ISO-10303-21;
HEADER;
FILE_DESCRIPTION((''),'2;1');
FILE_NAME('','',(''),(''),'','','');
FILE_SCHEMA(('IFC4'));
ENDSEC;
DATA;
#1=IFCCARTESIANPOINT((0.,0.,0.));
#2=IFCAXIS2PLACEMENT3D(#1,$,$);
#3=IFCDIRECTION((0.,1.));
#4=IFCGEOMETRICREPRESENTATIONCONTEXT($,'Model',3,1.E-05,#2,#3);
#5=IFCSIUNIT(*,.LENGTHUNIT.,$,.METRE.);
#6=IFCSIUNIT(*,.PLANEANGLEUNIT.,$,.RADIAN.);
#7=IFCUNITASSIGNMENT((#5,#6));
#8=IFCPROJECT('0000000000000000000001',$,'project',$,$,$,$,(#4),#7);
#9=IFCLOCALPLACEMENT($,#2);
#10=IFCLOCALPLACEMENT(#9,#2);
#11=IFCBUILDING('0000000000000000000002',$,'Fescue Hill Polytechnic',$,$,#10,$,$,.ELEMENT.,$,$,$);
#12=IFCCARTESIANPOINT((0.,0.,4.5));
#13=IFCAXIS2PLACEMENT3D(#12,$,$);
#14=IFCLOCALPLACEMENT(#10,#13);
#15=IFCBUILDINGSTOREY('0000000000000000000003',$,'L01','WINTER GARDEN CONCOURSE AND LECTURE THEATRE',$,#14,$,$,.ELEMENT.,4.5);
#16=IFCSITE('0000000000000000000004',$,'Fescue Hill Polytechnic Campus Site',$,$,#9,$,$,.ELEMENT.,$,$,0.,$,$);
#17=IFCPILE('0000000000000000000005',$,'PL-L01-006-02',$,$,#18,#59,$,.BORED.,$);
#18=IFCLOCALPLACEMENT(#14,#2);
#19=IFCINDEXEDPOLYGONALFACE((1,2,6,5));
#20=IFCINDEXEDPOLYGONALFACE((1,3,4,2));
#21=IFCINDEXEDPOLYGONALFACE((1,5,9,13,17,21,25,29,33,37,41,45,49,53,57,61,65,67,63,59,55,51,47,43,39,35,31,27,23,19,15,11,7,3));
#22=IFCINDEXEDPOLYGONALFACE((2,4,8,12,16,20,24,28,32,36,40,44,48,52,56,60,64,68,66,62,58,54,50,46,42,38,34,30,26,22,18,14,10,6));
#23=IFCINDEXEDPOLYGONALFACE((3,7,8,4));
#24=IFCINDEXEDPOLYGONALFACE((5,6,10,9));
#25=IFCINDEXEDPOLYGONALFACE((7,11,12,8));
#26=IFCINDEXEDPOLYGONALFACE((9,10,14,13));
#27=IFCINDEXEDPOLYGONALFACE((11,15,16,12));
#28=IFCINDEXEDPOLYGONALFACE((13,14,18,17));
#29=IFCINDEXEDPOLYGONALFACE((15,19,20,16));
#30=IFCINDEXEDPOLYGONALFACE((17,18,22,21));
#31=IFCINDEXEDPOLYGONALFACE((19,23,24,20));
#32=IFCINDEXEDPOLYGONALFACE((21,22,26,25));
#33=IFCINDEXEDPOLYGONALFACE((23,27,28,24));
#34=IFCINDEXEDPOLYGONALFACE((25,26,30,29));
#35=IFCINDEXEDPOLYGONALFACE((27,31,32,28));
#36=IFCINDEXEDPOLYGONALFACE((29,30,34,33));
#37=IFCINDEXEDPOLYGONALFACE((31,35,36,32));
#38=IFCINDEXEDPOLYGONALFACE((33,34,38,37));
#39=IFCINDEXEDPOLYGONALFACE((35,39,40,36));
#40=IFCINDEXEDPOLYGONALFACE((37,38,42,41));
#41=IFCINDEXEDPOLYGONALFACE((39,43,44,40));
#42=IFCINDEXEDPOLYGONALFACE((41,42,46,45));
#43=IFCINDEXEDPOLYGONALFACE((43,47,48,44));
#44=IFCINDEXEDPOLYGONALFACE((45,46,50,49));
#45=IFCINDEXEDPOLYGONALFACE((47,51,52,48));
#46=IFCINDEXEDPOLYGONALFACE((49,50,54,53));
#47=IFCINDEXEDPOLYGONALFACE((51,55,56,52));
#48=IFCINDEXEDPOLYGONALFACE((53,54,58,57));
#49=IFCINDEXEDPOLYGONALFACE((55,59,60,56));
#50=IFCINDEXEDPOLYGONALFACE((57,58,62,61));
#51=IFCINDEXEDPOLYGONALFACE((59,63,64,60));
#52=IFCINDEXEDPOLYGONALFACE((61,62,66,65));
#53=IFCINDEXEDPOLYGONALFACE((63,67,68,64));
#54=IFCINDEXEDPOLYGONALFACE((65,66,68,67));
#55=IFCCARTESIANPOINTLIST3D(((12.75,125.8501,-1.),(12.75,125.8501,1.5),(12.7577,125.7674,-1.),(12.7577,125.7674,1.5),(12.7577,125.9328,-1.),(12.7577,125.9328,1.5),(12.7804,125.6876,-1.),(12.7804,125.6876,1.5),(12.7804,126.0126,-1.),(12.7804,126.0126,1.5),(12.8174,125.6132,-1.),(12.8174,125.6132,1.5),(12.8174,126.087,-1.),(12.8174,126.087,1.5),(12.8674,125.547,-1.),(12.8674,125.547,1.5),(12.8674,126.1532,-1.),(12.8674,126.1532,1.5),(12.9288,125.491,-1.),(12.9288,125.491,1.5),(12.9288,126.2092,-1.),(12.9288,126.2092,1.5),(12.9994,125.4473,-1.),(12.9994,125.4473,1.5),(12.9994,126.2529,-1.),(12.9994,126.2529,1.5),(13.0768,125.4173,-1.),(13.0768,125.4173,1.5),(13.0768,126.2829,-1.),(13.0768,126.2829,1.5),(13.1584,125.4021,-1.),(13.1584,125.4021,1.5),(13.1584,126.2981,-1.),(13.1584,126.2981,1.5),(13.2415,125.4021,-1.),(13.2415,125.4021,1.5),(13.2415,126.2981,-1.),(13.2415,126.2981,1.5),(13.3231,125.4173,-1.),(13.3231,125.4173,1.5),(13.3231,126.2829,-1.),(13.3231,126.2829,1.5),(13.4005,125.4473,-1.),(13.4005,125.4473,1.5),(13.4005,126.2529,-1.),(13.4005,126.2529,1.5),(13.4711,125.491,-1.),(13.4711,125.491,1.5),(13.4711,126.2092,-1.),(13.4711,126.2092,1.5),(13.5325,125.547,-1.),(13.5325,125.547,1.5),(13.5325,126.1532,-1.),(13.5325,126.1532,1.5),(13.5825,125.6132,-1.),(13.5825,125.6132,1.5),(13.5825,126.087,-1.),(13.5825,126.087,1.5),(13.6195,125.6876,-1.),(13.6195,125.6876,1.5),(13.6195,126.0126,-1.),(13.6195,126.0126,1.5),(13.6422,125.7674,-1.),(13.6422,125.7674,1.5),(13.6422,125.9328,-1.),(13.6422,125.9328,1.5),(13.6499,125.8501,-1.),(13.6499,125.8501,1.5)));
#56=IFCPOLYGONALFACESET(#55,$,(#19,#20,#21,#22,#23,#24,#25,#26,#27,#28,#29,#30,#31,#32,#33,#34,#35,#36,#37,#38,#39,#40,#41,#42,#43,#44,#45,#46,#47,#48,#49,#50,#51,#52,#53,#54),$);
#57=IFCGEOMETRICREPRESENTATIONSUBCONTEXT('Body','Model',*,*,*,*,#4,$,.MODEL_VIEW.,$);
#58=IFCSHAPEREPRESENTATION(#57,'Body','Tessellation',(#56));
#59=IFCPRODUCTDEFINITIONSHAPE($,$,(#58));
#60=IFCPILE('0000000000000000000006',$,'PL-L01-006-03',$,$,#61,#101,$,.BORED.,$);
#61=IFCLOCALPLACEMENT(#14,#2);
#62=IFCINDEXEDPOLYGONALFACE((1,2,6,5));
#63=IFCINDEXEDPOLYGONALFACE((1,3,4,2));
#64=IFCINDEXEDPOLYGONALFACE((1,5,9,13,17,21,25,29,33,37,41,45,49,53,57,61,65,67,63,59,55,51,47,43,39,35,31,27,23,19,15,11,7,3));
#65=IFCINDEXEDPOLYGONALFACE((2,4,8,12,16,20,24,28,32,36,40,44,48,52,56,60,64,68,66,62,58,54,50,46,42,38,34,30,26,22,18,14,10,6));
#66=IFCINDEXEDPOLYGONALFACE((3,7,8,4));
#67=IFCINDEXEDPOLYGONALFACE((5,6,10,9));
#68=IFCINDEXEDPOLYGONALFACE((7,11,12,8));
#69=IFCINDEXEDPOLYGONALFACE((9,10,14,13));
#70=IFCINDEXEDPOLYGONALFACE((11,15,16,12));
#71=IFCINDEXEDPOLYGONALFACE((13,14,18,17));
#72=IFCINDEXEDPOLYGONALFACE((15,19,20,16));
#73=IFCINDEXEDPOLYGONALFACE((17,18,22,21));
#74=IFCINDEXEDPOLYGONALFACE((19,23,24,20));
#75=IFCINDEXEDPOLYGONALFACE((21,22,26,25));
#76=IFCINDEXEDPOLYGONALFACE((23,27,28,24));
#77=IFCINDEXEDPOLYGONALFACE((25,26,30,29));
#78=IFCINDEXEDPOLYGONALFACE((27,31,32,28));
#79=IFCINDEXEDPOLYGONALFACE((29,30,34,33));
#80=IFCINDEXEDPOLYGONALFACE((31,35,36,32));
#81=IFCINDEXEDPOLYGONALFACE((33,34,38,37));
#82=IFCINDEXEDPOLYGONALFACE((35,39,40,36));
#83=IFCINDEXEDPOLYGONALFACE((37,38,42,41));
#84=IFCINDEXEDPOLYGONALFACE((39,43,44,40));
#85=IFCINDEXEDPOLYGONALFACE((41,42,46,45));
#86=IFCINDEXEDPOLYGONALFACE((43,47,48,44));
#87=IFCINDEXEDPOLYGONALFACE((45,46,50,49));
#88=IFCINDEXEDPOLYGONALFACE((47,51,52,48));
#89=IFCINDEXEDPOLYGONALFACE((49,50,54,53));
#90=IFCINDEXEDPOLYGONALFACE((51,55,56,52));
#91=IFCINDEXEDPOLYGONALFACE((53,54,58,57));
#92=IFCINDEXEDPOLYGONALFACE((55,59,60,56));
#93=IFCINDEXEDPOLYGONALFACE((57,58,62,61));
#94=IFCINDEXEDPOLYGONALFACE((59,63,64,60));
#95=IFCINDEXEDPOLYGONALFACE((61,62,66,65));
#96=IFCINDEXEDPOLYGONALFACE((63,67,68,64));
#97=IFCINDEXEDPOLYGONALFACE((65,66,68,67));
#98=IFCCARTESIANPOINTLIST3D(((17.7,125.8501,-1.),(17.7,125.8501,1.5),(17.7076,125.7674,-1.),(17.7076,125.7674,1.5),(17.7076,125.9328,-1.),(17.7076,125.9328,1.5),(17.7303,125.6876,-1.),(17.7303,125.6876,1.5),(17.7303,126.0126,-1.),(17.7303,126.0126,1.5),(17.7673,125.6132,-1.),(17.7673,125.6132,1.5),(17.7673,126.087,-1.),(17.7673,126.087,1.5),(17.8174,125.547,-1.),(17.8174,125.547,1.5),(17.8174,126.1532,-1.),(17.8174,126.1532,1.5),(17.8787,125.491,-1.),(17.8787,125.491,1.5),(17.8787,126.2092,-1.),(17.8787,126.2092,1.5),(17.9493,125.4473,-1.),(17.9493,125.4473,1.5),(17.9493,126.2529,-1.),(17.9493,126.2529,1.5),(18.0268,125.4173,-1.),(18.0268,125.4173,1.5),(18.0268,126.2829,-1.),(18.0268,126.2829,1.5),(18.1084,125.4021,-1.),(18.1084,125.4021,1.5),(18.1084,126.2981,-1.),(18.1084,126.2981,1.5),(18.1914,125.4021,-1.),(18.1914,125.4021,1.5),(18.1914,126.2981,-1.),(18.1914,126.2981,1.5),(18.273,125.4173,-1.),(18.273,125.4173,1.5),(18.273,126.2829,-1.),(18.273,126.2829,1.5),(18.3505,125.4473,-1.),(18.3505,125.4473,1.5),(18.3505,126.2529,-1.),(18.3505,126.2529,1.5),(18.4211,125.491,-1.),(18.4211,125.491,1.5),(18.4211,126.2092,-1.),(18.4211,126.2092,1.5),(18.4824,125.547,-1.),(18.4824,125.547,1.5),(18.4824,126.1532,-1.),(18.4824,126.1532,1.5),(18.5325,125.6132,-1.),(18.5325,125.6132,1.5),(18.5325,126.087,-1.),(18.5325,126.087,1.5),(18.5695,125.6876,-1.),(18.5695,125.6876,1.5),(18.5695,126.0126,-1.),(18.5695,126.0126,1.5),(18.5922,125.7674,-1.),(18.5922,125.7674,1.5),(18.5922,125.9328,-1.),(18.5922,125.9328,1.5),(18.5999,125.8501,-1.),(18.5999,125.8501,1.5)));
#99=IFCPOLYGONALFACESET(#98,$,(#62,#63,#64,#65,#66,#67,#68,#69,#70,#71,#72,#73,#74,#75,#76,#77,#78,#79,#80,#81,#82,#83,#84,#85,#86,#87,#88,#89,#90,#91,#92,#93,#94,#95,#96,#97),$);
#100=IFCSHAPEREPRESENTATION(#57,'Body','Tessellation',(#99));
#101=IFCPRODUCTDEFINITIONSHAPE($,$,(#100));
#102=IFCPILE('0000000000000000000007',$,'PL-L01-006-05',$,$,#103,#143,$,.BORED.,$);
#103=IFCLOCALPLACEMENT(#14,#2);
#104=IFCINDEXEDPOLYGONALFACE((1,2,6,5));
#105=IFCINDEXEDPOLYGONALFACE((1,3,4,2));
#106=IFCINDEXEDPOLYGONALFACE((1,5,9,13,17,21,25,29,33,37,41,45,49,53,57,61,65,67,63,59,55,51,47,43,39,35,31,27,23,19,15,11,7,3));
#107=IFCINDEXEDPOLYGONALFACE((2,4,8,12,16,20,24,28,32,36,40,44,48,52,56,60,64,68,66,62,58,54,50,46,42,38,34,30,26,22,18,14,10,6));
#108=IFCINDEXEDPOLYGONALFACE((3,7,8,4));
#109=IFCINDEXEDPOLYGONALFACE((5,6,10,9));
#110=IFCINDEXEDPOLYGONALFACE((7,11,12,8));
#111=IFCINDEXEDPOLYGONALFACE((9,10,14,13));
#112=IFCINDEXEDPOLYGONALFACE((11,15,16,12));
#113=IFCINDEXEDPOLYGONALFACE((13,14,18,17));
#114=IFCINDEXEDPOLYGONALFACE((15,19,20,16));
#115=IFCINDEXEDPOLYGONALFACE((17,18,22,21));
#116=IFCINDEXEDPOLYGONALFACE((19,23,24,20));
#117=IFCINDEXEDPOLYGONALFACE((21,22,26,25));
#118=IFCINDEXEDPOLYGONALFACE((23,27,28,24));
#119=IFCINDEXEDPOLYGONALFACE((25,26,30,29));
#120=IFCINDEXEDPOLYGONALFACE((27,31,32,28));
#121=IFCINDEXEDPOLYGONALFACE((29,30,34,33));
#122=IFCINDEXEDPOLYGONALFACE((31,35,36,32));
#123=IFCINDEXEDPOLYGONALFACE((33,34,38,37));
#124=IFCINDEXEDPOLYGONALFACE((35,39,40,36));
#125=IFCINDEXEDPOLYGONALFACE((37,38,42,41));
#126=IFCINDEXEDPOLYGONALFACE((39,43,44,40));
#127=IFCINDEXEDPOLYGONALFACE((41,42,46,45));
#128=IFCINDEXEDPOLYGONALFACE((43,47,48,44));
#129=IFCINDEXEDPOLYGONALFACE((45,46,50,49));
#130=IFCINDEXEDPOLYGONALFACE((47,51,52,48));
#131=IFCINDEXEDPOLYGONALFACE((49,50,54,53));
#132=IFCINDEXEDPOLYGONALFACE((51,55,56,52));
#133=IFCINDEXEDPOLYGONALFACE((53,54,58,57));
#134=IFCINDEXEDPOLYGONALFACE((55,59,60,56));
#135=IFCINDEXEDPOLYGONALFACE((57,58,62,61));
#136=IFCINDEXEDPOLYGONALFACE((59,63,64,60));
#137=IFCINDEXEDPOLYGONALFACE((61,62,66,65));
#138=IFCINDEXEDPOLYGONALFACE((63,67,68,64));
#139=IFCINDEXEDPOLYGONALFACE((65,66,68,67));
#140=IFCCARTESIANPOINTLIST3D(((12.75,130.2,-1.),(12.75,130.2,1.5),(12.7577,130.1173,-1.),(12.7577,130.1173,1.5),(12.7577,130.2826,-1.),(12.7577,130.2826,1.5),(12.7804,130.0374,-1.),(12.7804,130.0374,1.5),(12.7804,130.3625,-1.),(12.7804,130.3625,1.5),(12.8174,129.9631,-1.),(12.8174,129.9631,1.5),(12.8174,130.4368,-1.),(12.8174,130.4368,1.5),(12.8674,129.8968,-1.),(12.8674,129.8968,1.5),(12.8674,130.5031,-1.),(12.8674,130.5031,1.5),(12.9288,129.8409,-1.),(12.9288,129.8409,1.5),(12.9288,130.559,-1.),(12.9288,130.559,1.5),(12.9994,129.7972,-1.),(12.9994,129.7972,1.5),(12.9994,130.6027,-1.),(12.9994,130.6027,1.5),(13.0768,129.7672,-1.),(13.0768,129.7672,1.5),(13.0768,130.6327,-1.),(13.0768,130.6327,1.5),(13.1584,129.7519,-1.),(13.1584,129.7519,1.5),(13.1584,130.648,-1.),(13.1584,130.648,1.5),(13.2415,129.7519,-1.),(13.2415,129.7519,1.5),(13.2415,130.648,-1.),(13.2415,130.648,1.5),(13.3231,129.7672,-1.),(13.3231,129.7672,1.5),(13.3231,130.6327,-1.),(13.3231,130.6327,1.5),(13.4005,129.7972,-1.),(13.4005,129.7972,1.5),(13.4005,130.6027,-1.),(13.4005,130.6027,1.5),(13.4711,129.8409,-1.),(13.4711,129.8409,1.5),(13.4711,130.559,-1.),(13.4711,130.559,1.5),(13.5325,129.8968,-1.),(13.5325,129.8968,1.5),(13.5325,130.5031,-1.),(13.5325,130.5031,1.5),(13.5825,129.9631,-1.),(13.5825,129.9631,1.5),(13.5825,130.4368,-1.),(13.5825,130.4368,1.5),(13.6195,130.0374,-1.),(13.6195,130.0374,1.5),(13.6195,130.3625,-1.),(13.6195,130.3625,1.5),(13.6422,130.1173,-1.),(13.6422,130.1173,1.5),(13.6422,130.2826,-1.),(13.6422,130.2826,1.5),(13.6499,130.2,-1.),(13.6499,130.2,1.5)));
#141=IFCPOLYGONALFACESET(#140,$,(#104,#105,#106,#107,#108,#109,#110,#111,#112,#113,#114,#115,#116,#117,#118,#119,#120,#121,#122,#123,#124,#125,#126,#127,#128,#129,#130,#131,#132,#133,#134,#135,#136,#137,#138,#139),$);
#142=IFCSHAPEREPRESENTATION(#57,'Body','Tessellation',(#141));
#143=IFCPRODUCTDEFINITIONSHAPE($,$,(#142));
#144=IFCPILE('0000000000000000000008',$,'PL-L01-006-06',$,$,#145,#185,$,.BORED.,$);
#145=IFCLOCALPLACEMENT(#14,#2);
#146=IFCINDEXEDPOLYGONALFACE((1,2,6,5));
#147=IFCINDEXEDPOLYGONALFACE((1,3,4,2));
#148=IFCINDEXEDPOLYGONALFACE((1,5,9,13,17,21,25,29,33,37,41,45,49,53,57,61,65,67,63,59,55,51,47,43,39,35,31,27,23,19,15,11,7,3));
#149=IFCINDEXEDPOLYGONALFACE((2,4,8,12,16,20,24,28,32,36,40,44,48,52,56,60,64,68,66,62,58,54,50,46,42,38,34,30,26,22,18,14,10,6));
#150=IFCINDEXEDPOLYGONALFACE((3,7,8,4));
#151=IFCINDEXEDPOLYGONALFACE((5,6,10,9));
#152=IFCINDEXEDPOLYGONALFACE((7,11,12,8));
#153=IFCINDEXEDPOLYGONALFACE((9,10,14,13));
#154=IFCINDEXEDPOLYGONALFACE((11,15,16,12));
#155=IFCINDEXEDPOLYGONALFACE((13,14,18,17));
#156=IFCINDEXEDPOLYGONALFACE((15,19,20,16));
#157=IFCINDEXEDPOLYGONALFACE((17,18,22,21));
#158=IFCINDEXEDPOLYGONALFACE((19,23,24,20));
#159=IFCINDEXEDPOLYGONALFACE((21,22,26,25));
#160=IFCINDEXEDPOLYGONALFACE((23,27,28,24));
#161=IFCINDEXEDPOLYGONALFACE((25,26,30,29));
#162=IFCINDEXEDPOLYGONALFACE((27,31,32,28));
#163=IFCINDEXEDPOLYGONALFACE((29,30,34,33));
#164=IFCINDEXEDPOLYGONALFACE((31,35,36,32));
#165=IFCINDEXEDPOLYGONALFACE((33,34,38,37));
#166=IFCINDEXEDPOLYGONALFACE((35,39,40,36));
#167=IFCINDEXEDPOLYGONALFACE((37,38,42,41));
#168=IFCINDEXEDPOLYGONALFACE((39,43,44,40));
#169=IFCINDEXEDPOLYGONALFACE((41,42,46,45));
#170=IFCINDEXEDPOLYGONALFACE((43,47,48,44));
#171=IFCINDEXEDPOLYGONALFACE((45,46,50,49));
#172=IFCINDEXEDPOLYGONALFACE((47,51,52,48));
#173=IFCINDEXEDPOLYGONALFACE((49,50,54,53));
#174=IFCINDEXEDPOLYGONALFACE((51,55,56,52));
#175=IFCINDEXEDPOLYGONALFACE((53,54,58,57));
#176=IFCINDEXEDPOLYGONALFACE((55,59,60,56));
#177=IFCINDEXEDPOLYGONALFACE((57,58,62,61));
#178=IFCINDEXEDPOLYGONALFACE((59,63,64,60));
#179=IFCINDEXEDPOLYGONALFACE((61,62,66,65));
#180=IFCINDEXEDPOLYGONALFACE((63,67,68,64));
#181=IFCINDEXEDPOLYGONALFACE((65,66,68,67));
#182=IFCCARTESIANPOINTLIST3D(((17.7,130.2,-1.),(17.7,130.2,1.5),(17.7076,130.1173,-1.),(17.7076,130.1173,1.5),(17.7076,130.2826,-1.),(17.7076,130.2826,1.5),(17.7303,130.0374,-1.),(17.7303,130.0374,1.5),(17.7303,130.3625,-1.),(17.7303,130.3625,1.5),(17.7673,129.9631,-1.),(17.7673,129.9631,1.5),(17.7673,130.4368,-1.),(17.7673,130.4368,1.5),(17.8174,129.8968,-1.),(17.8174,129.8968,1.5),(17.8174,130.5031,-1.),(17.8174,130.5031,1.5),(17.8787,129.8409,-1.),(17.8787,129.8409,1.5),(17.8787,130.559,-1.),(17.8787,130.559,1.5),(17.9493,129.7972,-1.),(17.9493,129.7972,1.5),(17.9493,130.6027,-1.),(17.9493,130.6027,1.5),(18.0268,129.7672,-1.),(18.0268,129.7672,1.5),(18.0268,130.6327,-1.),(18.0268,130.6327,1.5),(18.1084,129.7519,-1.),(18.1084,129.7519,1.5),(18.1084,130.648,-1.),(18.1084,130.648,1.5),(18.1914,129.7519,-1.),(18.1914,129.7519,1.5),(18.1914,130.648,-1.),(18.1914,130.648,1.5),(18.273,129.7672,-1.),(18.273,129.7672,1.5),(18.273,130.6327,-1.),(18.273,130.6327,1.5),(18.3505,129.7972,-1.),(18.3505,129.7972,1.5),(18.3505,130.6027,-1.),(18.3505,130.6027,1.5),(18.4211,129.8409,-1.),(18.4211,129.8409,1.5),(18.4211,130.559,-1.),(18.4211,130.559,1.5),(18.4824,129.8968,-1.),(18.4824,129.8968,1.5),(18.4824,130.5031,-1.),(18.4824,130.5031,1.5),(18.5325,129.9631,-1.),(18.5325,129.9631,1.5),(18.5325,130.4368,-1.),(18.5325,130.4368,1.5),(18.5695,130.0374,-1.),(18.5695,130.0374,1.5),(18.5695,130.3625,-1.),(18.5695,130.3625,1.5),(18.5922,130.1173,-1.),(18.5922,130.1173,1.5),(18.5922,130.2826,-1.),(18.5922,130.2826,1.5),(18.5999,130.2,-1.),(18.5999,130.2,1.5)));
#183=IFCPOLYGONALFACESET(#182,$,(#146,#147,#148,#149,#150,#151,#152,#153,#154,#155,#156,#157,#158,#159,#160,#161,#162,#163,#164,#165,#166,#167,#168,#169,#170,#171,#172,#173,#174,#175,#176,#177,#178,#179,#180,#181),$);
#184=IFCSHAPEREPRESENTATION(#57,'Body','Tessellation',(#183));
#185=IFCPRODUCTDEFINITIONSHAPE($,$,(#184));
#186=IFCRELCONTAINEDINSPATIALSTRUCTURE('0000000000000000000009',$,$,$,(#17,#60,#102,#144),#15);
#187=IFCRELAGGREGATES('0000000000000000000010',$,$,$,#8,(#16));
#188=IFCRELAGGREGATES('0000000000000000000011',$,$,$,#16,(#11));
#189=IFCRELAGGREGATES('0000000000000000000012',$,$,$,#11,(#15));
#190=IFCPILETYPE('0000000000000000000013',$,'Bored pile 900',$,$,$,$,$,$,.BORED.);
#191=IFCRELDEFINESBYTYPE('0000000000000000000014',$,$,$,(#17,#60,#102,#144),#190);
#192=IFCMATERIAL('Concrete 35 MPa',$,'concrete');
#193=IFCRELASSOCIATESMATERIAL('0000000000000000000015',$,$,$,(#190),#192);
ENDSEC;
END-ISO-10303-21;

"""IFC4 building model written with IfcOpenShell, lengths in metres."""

from ifc_helpers import new_model, si_unit, direction, frame, origin, origin_2d, place, context, subcontext, project, spatial, circle, extrude, material, material_profile, profile_set, type_object, element, save


model = new_model("IFC4")

# Units and contexts
model_context = context("Model", 3, precision=1e-05, world=origin(), true_north=direction((0.0, 1.0)))
body_context = subcontext(model_context, "Body", "Model", "MODEL_VIEW")
ifc_project = project(units=[si_unit("LENGTHUNIT", "METRE"), si_unit("PLANEANGLEUNIT", "RADIAN")], contexts=[model_context])

# Site, building, storey
site_placement = place(None, origin())
site = spatial("IfcSite", under=ifc_project, at=site_placement, Name="Fescue Hill Polytechnic Campus Site", CompositionType="ELEMENT", RefElevation=0.0)
building_placement = place(site_placement, origin())
building = spatial("IfcBuilding", under=site, at=building_placement, Name="Fescue Hill Polytechnic", CompositionType="ELEMENT")
storey_placement = place(building_placement, frame((0.0, 0.0, 4.5)))
storey = spatial("IfcBuildingStorey", under=building, at=storey_placement, Name="L01", Description="WINTER GARDEN CONCOURSE AND LECTURE THEATRE", CompositionType="ELEMENT", Elevation=4.5)

# Piles
ifc_material_1 = material(Name="Concrete 35 MPa", Category="concrete")
ifc_material_profile_1 = material_profile(ifc_material_1, circle(Radius=0.45, at=origin_2d()), Name="Bored pile 900")
ifc_profile_set_1 = profile_set([ifc_material_profile_1], Name="Concrete 35 MPa")
pile_type = type_object("IfcPileType", Name="Bored pile 900", PredefinedType="BORED", material=ifc_profile_set_1)
for number, where, z_axis, x_axis, name in (
    (1, (13.2, 125.8501, 1.5), (0.0, 0.0, -1.0), (1.0, 0.0, 0.0), "PL-L01-006-02"),
    (2, (18.1499, 125.8501, 1.5), (0.0, 0.0, -1.0), (1.0, 0.0, 0.0), "PL-L01-006-03"),
    (3, (13.2, 130.2, 1.5), (0.0, 0.0, -1.0), (1.0, 0.0, 0.0), "PL-L01-006-05"),
    (4, (18.1499, 130.2, 1.5), (0.0, 0.0, -1.0), (1.0, 0.0, 0.0), "PL-L01-006-06"),
):
    element("IfcPile", number, at=place(storey_placement, frame(where, z_axis=z_axis, x_axis=x_axis)), inside=storey, type_object=pile_type, Name=name, PredefinedType="BORED", context=body_context, shape_type="SweptSolid", body=[
        extrude(circle(Radius=0.45, at=origin_2d()), origin(), (0.0, 0.0, 1.0), 2.5),
    ])

save(model, "model.ifc")
